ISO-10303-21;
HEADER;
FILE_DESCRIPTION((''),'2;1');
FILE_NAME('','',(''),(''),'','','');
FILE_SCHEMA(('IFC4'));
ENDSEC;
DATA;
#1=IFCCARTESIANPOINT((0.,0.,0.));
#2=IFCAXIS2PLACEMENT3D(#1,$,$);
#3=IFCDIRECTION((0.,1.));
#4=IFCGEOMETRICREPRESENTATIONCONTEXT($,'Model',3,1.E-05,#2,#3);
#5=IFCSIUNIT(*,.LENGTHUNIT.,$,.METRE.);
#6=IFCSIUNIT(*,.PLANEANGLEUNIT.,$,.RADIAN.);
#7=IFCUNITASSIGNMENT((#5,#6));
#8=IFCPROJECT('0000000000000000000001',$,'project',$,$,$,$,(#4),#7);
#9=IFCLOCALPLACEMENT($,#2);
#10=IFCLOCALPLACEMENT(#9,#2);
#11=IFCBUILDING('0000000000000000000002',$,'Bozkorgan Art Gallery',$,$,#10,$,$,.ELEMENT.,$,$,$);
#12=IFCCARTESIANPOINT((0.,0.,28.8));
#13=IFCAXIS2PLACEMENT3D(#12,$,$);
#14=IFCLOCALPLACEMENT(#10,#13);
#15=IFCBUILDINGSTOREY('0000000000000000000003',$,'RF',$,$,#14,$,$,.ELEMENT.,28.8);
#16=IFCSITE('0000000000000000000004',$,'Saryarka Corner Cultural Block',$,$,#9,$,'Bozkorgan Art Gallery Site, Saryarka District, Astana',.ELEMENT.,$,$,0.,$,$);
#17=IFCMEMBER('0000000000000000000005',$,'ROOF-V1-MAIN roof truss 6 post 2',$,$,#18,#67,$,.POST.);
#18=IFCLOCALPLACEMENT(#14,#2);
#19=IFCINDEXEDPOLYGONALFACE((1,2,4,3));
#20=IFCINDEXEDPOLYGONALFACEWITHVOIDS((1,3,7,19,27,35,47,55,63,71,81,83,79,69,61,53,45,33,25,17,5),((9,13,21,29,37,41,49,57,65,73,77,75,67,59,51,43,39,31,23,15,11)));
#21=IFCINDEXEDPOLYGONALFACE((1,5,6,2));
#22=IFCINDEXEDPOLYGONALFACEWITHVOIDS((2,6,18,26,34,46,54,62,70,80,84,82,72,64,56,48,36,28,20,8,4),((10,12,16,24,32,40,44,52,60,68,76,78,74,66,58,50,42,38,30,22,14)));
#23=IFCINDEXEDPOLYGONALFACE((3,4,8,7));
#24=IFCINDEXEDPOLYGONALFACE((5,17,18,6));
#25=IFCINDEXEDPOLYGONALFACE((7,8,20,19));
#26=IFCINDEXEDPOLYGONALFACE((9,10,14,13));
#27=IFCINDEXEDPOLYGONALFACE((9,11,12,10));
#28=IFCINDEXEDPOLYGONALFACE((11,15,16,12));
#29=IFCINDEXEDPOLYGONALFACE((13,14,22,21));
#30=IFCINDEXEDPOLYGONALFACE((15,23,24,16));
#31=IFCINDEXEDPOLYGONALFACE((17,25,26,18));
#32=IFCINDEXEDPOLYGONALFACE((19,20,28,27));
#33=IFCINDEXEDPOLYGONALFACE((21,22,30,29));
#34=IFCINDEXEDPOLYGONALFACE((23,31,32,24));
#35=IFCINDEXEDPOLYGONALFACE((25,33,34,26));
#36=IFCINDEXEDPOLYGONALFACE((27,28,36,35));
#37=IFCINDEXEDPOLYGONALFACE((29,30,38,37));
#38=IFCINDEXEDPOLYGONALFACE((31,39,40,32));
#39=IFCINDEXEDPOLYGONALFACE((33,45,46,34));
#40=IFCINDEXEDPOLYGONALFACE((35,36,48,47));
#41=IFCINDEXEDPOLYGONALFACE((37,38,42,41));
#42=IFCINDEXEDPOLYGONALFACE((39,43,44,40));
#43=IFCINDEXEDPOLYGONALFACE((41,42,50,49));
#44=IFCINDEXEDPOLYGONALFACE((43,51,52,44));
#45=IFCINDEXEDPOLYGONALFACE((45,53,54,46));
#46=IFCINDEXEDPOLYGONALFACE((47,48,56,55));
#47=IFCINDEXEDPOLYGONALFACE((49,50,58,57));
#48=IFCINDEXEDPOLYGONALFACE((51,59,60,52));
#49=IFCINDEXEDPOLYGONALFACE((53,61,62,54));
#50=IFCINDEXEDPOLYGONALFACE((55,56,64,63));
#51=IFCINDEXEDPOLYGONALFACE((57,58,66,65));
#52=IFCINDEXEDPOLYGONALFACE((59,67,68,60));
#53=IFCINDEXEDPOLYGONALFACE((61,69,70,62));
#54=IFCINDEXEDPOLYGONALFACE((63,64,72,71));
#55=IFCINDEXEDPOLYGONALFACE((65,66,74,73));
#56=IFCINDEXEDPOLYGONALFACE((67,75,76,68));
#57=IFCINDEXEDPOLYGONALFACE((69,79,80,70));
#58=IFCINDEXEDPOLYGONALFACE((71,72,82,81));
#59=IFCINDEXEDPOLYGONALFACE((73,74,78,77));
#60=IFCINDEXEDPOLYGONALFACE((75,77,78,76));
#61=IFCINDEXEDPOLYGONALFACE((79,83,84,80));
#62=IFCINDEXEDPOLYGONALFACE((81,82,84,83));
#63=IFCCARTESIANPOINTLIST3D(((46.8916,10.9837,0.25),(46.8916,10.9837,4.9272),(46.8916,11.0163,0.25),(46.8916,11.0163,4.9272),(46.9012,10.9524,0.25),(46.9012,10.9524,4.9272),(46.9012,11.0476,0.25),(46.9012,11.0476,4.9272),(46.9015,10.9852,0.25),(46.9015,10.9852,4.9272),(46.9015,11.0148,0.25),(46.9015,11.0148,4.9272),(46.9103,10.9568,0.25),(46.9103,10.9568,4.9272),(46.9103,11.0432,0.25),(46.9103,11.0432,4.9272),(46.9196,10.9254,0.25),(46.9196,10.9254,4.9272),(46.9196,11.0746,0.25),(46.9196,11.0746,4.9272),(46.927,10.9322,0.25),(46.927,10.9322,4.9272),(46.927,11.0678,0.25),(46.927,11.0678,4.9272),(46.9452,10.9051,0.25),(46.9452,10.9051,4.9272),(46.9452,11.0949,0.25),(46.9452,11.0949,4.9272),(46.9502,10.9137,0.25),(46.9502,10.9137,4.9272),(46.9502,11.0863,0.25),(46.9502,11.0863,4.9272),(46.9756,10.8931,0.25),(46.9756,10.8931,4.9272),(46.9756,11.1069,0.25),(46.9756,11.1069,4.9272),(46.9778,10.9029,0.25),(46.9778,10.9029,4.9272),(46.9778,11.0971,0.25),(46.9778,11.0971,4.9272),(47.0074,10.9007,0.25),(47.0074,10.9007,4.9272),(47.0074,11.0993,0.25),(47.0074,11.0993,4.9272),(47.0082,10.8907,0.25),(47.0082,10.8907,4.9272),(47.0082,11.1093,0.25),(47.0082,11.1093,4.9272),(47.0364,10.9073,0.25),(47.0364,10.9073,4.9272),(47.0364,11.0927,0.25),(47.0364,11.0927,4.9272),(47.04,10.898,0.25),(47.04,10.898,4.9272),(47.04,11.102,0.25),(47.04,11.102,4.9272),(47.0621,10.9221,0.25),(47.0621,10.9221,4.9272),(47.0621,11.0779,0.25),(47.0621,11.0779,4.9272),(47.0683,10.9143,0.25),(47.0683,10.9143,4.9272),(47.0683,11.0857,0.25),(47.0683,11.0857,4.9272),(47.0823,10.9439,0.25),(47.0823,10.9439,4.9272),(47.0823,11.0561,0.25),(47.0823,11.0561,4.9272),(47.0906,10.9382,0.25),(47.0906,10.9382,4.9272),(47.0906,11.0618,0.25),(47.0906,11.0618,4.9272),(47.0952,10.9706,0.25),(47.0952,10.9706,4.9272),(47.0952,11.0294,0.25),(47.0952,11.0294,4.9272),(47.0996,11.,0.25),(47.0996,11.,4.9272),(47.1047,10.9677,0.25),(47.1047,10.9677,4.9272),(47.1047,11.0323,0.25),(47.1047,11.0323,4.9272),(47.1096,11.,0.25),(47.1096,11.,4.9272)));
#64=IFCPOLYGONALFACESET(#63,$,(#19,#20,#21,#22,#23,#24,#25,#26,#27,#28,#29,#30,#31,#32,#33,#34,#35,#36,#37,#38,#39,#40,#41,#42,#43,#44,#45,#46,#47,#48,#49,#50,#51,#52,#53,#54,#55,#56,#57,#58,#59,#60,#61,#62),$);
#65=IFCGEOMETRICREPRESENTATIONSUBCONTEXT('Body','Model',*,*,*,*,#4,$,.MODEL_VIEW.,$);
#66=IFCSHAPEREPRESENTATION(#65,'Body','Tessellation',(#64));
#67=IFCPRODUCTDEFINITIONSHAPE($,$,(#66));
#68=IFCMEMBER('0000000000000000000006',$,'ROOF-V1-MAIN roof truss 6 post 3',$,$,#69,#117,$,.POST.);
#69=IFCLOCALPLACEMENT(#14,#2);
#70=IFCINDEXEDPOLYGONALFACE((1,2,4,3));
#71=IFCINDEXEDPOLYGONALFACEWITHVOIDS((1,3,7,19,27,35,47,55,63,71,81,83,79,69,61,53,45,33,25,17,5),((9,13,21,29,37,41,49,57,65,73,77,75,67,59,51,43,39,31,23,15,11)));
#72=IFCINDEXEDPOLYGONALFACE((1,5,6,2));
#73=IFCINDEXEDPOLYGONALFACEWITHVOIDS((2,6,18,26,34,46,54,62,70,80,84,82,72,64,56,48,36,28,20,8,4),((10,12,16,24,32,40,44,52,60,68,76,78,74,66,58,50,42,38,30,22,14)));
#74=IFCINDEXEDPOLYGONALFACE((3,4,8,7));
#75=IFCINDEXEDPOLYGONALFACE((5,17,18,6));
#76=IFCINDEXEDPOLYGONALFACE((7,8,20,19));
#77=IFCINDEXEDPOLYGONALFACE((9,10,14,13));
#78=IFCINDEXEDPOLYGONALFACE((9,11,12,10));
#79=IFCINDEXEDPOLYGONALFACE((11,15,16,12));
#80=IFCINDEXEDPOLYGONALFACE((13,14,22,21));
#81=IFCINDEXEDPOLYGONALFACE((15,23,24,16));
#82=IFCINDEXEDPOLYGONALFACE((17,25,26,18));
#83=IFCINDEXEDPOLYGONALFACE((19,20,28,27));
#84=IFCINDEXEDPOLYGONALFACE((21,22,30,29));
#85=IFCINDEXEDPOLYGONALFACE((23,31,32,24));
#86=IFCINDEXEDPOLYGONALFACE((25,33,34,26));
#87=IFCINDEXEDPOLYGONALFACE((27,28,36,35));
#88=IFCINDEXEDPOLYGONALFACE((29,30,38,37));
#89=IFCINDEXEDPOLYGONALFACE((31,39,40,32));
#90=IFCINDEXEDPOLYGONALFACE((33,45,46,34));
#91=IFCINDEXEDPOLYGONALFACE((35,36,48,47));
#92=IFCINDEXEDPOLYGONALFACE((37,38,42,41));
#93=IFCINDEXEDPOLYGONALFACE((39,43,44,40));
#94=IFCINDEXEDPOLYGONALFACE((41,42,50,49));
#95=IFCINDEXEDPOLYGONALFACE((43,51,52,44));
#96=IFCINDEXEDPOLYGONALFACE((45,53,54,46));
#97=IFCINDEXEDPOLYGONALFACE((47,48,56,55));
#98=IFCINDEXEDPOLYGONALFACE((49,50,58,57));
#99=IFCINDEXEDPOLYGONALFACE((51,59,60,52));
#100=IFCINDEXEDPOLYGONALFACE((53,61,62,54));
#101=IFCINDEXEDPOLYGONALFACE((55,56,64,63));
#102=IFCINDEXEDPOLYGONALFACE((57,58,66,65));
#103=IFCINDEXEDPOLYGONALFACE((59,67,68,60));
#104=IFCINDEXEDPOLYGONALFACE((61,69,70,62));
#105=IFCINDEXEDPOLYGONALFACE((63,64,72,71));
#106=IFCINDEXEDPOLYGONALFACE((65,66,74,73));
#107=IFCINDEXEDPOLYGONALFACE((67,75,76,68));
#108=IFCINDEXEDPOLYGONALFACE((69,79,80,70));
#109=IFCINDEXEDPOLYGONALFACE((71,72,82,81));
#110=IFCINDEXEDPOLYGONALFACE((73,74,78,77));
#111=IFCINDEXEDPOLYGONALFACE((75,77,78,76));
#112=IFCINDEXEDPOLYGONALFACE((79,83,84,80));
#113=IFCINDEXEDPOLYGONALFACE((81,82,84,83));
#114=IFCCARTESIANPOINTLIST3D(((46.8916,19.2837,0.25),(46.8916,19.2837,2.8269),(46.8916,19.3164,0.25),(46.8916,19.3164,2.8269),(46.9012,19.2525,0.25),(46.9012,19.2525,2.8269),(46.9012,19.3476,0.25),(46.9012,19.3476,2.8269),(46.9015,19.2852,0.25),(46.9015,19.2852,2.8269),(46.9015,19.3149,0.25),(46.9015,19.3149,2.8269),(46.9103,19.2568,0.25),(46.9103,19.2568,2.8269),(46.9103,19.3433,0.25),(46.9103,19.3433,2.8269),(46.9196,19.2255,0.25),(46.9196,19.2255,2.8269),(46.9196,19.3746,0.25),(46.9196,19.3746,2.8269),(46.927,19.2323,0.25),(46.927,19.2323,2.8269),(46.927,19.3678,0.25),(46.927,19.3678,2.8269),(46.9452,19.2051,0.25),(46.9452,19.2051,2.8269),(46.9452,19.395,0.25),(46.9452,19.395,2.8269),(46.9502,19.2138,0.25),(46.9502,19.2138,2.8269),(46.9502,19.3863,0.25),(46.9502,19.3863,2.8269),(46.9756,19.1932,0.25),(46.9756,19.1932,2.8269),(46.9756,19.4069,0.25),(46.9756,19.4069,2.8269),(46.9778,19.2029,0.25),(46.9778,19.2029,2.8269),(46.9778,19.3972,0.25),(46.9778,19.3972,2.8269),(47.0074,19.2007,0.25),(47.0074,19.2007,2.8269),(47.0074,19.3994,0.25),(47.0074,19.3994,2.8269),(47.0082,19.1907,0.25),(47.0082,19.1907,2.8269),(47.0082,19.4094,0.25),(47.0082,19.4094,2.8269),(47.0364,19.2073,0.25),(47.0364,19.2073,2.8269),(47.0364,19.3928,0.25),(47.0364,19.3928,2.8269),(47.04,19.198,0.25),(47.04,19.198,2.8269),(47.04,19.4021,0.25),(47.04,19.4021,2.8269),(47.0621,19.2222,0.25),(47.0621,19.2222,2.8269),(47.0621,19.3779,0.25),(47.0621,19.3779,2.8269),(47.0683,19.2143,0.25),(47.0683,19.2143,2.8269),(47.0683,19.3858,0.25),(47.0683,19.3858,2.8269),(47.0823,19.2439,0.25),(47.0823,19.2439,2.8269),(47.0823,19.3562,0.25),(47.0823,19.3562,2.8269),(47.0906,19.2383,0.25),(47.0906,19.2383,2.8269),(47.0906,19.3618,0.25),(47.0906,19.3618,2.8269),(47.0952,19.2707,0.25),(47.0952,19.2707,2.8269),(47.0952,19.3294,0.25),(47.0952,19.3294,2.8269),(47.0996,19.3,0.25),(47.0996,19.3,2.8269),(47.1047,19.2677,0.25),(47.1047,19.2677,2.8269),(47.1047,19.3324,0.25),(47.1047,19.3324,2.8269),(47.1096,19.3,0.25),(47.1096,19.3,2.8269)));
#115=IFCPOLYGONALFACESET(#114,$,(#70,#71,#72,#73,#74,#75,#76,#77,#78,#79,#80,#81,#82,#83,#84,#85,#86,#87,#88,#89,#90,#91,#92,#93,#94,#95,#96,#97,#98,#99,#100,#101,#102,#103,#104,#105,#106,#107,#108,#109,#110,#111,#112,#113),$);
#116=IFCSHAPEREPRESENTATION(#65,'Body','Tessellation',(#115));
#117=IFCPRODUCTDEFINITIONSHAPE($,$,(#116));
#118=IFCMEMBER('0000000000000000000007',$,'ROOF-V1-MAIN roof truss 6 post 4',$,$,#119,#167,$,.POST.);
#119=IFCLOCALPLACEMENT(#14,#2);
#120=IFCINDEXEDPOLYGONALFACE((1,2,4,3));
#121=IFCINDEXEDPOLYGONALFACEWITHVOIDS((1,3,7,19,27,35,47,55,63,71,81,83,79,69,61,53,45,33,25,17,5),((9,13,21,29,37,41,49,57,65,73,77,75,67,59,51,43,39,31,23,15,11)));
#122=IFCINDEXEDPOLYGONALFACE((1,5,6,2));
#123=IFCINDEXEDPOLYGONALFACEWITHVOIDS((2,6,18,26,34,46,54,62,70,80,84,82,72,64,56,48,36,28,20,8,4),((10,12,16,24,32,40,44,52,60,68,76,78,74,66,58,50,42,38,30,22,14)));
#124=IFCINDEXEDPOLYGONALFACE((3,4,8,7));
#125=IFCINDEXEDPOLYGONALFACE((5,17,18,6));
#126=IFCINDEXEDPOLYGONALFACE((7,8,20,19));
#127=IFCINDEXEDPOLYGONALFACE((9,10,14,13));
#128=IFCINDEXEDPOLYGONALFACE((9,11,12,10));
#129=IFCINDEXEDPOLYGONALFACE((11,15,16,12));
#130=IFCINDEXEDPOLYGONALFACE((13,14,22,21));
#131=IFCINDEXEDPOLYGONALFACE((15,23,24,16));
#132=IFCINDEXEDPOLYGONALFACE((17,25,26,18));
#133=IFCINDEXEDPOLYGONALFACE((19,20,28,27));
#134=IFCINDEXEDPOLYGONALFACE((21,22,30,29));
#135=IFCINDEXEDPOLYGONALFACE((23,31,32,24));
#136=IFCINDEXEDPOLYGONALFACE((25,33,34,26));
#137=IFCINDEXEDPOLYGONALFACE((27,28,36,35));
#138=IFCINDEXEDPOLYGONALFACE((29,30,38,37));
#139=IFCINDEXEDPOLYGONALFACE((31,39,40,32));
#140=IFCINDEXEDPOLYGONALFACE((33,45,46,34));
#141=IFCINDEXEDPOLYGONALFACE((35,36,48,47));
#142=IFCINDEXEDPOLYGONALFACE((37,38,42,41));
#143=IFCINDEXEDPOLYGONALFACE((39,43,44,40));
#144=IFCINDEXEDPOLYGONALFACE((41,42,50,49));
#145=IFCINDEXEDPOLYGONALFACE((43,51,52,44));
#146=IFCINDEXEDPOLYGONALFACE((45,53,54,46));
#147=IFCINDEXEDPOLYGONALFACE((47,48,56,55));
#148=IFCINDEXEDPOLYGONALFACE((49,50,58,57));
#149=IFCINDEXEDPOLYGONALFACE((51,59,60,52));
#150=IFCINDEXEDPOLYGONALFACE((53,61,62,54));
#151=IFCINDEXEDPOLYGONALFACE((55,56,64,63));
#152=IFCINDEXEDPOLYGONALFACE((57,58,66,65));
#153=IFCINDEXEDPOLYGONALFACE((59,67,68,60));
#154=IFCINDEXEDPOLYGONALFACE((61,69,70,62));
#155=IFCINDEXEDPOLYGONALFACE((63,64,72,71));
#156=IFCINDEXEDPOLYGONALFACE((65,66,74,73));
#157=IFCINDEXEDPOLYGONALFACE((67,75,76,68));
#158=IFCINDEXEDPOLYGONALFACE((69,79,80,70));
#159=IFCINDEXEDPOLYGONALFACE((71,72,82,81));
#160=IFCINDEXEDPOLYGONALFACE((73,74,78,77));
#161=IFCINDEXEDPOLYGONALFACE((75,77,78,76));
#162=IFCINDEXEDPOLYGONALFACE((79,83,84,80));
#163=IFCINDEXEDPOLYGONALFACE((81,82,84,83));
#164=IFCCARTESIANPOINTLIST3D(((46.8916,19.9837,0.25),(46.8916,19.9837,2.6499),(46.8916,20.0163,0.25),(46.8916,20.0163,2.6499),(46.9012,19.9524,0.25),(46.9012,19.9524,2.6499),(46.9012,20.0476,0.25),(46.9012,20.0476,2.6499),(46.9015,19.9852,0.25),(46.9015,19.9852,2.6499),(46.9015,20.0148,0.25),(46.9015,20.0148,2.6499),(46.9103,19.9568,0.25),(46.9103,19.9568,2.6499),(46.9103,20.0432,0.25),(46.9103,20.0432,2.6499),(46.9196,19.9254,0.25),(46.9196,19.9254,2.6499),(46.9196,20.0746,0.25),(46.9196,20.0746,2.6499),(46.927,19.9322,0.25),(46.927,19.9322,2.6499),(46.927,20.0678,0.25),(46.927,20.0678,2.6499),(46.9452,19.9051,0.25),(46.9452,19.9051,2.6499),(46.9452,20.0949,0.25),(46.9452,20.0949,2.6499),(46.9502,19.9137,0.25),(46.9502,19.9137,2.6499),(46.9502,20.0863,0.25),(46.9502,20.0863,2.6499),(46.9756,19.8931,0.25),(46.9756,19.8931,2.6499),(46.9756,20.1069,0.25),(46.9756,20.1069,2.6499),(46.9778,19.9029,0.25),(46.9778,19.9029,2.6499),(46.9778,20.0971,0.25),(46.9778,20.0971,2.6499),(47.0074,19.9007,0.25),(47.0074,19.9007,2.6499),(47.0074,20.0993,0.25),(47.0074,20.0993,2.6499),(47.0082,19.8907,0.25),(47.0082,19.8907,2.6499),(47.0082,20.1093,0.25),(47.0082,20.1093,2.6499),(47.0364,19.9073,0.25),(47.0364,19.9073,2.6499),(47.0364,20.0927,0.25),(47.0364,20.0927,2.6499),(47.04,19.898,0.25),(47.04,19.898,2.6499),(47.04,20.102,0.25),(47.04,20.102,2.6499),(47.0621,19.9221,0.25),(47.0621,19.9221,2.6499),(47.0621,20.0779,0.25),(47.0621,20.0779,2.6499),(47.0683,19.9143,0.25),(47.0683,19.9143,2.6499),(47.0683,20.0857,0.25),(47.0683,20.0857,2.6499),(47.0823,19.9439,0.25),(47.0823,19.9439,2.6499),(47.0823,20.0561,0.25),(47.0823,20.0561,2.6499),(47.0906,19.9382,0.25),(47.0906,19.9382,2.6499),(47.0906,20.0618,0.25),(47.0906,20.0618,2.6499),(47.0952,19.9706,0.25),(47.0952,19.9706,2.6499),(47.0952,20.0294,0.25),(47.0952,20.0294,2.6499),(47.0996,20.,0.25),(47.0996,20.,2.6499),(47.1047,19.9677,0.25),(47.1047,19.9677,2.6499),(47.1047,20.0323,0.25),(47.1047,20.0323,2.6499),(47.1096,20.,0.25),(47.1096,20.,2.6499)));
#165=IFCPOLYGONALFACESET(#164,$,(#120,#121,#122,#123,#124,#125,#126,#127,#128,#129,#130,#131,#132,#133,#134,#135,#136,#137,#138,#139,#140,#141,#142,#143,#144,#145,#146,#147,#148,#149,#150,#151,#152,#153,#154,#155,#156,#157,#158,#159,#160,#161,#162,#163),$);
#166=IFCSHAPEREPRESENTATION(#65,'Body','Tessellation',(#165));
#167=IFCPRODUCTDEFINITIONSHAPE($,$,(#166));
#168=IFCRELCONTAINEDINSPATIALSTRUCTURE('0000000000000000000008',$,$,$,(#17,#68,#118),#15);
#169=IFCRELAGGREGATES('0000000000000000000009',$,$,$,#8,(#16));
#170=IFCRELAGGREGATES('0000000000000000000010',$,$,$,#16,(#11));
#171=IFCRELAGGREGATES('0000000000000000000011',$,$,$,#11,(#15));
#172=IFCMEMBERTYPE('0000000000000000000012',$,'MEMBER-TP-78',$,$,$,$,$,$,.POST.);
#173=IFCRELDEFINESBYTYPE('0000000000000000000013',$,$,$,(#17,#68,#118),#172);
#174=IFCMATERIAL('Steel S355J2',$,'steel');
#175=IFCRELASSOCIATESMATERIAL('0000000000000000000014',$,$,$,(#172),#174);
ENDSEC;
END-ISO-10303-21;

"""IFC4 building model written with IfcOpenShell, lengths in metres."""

from ifc_helpers import new_model, si_unit, direction, frame, origin, origin_2d, place, context, subcontext, project, spatial, hollow_circle, extrude, material, material_profile, profile_set, type_object, element, save


model = new_model("IFC4")

# Units and contexts
model_context = context("Model", 3, precision=1e-05, world=origin(), true_north=direction((0.0, 1.0)))
body_context = subcontext(model_context, "Body", "Model", "MODEL_VIEW")
ifc_project = project(units=[si_unit("LENGTHUNIT", "METRE"), si_unit("PLANEANGLEUNIT", "RADIAN")], contexts=[model_context])

# Site, building, storey
site_placement = place(None, origin())
site = spatial("IfcSite", under=ifc_project, at=site_placement, Name="Saryarka Corner Cultural Block", LongName="Bozkorgan Art Gallery Site, Saryarka District, Astana", CompositionType="ELEMENT", RefElevation=0.0)
building_placement = place(site_placement, origin())
building = spatial("IfcBuilding", under=site, at=building_placement, Name="Bozkorgan Art Gallery", CompositionType="ELEMENT")
storey_placement = place(building_placement, frame((0.0, 0.0, 28.8)))
storey = spatial("IfcBuildingStorey", under=building, at=storey_placement, Name="RF", CompositionType="ELEMENT", Elevation=28.8)

# Members
ifc_material_1 = material(Name="Steel S355J2", Category="steel")
ifc_material_profile_1 = material_profile(ifc_material_1, hollow_circle(Radius=0.1096, WallThickness=0.01, at=origin_2d()), Name="CHS 219.1x10")
ifc_profile_set_1 = profile_set([ifc_material_profile_1], Name="Steel S355J2")
member_type_1 = type_object("IfcMemberType", Name="MEMBER-TP-78", PredefinedType="POST", material=ifc_profile_set_1)
member_1_placement = place(storey_placement, frame((47.0, 11.0, 0.25), z_axis=(0.0, 0.0, 1.0), x_axis=(1.0, 0.0, 0.0)))
element("IfcMember", 1, at=member_1_placement, inside=storey, type_object=member_type_1, Name="ROOF-V1-MAIN roof truss 6 post 2", PredefinedType="POST", context=body_context, shape_type="SweptSolid", body=[
    extrude(hollow_circle(Radius=0.1096, WallThickness=0.01, at=origin_2d()), origin(), (0.0, 0.0, 1.0), 4.6772),
])
member_2_placement = place(storey_placement, frame((47.0, 19.3, 0.25), z_axis=(0.0, 0.0, 1.0), x_axis=(1.0, 0.0, 0.0)))
element("IfcMember", 2, at=member_2_placement, inside=storey, type_object=member_type_1, Name="ROOF-V1-MAIN roof truss 6 post 3", PredefinedType="POST", context=body_context, shape_type="SweptSolid", body=[
    extrude(hollow_circle(Radius=0.1096, WallThickness=0.01, at=origin_2d()), origin(), (0.0, 0.0, 1.0), 2.5769),
])
member_3_placement = place(storey_placement, frame((47.0, 20.0, 0.25), z_axis=(0.0, 0.0, 1.0), x_axis=(1.0, 0.0, 0.0)))
element("IfcMember", 3, at=member_3_placement, inside=storey, type_object=member_type_1, Name="ROOF-V1-MAIN roof truss 6 post 4", PredefinedType="POST", context=body_context, shape_type="SweptSolid", body=[
    extrude(hollow_circle(Radius=0.1096, WallThickness=0.01, at=origin_2d()), origin(), (0.0, 0.0, 1.0), 2.3999),
])

save(model, "model.ifc")
